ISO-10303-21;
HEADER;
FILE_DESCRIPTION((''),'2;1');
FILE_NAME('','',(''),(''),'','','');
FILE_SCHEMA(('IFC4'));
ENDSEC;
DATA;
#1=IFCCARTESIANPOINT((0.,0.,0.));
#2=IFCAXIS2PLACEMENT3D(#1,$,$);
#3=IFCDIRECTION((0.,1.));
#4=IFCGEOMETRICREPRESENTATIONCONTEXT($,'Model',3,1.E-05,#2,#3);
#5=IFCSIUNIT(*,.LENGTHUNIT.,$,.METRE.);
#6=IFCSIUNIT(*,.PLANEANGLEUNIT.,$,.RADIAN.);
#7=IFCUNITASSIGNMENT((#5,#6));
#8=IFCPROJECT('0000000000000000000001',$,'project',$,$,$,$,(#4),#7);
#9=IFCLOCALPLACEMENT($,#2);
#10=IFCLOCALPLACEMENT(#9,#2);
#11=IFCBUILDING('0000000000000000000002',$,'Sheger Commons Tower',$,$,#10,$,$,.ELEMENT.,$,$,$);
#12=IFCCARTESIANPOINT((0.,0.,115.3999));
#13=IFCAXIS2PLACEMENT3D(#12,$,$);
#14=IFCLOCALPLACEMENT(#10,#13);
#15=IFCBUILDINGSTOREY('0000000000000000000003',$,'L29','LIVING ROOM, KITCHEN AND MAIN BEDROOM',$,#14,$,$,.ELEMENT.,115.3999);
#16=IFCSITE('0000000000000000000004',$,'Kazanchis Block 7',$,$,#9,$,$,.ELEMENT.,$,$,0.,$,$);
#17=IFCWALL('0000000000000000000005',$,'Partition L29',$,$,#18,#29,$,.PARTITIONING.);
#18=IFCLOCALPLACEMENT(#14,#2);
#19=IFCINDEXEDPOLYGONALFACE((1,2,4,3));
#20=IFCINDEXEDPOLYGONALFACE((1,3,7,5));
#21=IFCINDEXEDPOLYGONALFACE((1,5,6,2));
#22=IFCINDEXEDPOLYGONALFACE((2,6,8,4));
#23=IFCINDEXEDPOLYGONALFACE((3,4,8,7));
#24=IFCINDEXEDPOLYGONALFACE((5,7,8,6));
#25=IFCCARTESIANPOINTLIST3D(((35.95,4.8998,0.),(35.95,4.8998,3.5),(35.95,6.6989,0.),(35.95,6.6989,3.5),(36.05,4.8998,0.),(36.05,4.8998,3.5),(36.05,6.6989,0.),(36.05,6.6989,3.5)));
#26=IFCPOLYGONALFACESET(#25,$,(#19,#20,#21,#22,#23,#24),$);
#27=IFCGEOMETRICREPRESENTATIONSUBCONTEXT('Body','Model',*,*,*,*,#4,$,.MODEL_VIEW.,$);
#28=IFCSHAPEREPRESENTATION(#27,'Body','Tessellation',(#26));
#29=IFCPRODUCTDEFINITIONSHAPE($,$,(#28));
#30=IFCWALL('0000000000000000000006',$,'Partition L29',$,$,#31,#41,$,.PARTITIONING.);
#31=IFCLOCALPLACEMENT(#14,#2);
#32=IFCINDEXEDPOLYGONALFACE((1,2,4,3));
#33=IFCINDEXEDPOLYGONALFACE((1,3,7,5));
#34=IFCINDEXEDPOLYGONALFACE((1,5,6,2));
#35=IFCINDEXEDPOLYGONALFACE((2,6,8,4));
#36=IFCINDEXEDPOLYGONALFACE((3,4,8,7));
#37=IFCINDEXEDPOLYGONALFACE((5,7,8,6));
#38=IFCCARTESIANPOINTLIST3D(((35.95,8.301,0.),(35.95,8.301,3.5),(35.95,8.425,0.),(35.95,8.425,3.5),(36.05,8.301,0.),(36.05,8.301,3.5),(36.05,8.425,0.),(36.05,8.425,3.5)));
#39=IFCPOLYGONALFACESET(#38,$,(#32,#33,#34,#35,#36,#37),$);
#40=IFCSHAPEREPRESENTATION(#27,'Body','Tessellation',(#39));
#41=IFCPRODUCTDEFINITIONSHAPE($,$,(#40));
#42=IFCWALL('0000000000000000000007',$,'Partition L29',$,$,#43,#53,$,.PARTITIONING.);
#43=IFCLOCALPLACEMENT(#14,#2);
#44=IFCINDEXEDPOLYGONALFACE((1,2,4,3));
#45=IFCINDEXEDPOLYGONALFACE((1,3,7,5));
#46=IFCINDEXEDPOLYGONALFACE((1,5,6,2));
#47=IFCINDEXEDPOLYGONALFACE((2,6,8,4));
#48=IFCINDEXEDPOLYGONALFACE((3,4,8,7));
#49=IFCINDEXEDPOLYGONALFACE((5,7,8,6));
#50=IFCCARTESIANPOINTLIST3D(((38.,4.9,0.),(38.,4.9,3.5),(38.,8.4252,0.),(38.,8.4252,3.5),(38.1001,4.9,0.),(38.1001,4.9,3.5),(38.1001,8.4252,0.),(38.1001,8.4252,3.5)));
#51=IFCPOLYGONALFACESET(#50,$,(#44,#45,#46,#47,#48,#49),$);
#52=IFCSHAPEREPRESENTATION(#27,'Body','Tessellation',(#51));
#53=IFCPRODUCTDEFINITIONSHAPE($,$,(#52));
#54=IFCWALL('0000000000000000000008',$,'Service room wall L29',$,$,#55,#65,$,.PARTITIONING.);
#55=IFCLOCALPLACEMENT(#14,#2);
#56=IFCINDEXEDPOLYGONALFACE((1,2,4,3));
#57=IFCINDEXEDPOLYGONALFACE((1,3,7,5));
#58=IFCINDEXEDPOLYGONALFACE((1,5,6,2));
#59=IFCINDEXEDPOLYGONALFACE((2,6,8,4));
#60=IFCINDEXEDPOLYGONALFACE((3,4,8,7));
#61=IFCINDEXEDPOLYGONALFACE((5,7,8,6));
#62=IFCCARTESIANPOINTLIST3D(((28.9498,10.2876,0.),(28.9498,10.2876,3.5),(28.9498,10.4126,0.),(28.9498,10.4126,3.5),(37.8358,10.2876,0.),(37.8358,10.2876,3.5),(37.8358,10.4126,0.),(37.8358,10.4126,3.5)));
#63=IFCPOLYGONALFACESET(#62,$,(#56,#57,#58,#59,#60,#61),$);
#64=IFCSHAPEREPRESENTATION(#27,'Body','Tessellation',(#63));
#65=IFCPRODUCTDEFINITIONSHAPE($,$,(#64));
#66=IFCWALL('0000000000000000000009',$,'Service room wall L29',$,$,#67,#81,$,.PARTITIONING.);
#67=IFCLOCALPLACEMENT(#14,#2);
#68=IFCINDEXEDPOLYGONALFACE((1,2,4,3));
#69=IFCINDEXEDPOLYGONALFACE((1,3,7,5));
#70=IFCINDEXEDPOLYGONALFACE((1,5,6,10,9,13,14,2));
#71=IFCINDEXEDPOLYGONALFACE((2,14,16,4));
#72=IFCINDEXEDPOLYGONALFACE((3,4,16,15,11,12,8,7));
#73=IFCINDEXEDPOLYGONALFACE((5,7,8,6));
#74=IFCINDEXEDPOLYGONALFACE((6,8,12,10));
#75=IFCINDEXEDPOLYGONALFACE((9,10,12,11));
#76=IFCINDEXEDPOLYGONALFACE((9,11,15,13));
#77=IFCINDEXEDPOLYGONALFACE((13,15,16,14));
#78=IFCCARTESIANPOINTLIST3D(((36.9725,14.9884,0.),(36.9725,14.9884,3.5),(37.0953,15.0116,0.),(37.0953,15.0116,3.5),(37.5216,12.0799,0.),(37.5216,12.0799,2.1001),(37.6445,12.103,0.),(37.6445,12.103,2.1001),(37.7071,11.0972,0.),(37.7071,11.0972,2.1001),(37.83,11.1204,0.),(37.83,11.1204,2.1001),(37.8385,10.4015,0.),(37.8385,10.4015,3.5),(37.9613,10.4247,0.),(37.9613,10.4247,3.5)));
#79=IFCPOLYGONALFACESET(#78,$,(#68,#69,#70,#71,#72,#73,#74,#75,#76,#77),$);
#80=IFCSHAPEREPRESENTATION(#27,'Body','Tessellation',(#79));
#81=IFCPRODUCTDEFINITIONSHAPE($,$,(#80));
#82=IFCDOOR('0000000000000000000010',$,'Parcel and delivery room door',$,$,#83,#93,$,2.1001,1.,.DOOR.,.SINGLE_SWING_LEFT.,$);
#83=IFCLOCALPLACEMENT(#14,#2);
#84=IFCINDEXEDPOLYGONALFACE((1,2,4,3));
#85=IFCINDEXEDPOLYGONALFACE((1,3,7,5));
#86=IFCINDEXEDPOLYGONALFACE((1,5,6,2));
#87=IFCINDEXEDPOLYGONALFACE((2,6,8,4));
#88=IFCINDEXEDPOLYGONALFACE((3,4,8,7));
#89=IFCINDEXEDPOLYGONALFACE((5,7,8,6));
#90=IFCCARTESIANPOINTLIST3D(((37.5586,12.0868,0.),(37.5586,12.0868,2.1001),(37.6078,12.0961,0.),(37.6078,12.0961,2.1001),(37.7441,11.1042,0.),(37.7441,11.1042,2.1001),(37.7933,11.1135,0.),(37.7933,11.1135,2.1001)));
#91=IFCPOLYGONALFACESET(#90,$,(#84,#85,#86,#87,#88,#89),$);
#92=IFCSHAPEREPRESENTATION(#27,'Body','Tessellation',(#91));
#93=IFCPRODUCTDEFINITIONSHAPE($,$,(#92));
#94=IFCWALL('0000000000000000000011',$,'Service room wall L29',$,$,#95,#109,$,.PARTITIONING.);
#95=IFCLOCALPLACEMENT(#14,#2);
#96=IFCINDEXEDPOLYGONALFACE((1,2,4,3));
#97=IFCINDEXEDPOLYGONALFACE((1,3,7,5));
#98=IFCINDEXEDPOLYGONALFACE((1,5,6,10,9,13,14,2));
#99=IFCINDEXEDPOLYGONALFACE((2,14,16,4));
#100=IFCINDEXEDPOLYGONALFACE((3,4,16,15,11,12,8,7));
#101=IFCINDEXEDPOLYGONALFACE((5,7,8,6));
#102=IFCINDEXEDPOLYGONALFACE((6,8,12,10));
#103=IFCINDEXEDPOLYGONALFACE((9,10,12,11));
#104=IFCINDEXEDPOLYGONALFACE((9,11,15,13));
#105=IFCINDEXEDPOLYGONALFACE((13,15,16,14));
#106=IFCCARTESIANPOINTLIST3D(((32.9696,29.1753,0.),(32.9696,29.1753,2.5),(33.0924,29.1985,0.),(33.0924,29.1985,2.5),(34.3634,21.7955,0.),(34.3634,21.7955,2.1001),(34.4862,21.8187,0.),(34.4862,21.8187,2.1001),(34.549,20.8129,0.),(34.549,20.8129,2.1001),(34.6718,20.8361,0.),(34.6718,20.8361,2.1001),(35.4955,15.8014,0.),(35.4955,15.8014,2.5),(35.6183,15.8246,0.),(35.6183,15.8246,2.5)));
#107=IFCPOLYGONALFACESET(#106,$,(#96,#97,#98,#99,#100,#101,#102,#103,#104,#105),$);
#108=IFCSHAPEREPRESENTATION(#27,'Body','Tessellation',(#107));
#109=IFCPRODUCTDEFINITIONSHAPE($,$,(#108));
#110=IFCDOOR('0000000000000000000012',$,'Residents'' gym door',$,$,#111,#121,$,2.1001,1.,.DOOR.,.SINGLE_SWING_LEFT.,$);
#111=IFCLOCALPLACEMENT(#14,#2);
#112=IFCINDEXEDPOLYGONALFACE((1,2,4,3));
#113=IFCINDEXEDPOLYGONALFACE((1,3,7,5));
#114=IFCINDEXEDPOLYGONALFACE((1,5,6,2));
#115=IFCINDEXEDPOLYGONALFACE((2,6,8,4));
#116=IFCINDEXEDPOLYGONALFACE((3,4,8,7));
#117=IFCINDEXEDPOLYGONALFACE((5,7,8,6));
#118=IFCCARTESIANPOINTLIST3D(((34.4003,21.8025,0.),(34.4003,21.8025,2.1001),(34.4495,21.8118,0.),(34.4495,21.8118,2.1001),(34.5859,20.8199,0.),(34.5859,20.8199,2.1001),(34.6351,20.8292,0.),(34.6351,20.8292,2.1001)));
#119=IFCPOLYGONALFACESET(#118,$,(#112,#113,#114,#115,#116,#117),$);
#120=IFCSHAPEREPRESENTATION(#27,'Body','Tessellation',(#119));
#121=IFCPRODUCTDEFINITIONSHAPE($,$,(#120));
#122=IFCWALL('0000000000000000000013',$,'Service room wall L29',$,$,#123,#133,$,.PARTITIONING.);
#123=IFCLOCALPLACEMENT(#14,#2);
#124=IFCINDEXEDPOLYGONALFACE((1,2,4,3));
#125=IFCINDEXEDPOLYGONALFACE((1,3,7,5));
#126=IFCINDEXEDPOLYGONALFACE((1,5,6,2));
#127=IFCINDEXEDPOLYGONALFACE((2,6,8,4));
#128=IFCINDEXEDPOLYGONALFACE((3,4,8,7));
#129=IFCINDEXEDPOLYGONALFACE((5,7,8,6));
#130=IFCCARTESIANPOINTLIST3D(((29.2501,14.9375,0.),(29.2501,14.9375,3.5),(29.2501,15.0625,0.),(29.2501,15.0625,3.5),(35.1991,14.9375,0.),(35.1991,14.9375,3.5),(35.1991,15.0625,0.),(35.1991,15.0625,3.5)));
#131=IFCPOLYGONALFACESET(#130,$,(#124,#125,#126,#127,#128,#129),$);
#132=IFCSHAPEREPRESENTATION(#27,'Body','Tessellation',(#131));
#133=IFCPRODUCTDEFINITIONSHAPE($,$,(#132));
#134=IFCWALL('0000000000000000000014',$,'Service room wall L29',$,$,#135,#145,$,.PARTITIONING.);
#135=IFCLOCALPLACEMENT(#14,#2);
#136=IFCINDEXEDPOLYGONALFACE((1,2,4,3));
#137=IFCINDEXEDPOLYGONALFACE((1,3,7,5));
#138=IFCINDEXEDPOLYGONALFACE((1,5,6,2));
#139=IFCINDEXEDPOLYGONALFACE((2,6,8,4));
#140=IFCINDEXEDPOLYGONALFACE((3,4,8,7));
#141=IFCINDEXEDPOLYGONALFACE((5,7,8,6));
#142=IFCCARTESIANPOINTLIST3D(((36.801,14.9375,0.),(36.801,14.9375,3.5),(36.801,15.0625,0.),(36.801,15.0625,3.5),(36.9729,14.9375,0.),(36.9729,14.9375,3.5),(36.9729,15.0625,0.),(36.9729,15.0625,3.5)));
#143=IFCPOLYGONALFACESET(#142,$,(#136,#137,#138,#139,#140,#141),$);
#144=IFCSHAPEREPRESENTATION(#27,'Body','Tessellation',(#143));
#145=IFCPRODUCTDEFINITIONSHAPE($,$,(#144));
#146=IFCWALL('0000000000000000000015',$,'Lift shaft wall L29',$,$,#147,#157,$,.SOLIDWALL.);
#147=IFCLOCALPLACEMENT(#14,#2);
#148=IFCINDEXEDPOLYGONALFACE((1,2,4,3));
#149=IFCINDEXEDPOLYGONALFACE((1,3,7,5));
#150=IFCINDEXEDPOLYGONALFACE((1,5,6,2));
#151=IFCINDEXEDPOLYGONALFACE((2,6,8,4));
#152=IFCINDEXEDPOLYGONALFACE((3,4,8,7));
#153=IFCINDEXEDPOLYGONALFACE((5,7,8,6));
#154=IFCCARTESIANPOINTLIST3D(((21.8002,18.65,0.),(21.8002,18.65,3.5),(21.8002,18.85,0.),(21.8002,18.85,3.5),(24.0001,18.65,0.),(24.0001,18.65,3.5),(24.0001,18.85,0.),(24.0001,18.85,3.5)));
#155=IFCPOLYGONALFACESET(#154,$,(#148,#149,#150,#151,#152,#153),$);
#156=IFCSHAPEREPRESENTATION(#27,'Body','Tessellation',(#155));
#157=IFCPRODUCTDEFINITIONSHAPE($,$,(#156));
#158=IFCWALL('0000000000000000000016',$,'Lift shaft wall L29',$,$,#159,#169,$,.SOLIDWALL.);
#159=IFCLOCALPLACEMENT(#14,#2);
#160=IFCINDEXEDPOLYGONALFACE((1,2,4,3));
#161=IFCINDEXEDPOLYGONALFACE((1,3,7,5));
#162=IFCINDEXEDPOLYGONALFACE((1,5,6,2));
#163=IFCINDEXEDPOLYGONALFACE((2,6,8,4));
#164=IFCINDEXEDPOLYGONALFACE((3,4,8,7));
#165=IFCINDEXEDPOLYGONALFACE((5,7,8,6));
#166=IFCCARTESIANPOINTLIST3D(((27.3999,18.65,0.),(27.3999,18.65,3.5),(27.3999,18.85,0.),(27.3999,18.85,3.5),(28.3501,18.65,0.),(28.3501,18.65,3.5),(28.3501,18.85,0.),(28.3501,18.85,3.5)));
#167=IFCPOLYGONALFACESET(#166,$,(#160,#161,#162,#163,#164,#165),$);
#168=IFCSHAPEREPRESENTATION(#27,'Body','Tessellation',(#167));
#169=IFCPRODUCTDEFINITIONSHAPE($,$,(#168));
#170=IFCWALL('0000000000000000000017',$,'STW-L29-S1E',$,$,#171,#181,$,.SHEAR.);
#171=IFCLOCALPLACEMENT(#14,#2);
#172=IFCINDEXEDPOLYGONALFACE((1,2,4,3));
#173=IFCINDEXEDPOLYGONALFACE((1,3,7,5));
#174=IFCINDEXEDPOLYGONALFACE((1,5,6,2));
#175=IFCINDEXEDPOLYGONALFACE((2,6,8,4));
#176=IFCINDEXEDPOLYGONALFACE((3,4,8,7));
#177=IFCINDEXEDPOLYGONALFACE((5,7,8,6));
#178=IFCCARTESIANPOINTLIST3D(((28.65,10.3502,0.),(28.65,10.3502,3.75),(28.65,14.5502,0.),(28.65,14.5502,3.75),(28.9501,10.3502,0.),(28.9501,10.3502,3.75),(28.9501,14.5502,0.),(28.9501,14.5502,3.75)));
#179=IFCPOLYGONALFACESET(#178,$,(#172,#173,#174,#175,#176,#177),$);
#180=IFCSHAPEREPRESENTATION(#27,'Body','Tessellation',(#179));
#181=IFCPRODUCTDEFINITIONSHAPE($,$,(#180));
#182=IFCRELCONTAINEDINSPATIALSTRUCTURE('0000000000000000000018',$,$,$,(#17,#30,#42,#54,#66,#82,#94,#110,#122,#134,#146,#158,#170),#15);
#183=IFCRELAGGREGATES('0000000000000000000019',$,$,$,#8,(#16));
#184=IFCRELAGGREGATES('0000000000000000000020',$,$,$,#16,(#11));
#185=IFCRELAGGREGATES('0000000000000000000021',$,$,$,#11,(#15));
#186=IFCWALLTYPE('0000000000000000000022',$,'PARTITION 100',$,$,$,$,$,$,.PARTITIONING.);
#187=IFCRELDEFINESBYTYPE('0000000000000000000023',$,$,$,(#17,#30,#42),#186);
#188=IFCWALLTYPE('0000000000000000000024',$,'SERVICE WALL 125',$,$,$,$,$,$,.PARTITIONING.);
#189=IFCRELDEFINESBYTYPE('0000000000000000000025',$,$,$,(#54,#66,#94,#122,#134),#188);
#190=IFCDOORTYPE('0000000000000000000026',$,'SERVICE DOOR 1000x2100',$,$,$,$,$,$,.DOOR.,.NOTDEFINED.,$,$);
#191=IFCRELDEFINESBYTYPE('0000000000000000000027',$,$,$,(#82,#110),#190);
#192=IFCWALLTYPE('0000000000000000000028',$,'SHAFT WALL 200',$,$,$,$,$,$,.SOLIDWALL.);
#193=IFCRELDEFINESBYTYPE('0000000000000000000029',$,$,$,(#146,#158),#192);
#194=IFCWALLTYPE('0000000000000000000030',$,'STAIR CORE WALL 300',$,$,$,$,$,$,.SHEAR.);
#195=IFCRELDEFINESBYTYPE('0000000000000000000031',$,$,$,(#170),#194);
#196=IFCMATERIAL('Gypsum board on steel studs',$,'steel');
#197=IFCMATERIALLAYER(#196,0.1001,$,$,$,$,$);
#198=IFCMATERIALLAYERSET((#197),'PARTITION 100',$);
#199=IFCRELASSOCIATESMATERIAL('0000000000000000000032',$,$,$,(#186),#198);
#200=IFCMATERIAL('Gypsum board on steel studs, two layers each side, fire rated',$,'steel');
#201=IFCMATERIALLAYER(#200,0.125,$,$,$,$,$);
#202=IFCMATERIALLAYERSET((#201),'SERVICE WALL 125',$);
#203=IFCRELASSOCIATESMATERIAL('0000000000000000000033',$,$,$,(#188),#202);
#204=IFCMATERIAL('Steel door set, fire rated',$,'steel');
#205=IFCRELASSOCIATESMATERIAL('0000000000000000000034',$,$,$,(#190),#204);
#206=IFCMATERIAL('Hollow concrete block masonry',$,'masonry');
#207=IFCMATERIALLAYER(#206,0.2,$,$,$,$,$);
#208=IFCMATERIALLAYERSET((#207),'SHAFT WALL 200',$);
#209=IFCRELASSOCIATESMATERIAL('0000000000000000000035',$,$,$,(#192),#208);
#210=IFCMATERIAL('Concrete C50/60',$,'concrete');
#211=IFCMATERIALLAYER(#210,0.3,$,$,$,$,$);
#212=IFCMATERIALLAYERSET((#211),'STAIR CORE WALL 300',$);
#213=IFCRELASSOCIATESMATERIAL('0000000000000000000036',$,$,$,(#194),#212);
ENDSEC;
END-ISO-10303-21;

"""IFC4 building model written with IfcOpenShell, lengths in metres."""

from ifc_helpers import new_model, si_unit, direction, frame, frame_2d, origin, place, context, subcontext, project, spatial, rectangle, extrude, material, layer, layer_set, type_object, element, fill, save


model = new_model("IFC4")

# Units and contexts
model_context = context("Model", 3, precision=1e-05, world=origin(), true_north=direction((0.0, 1.0)))
body_context = subcontext(model_context, "Body", "Model", "MODEL_VIEW")
ifc_project = project(units=[si_unit("LENGTHUNIT", "METRE"), si_unit("PLANEANGLEUNIT", "RADIAN")], contexts=[model_context])

# Site, building, storey
site_placement = place(None, origin())
site = spatial("IfcSite", under=ifc_project, at=site_placement, Name="Kazanchis Block 7", CompositionType="ELEMENT", RefElevation=0.0)
building_placement = place(site_placement, origin())
building = spatial("IfcBuilding", under=site, at=building_placement, Name="Sheger Commons Tower", CompositionType="ELEMENT")
storey_placement = place(building_placement, frame((0.0, 0.0, 115.3999)))
storey = spatial("IfcBuildingStorey", under=building, at=storey_placement, Name="L29", Description="LIVING ROOM, KITCHEN AND MAIN BEDROOM", CompositionType="ELEMENT", Elevation=115.3999)

# Walls
ifc_material_1 = material(Name="Gypsum board on steel studs", Category="steel")
ifc_layer_1 = layer(ifc_material_1, 0.1001)
ifc_layer_set_1 = layer_set([ifc_layer_1], Name="PARTITION 100")
wall_type_1 = type_object("IfcWallType", Name="PARTITION 100", PredefinedType="PARTITIONING", material=ifc_layer_set_1)
wall_1_placement = place(storey_placement, frame((36.0, 4.8999, 0.0), z_axis=(0.0, 0.0, 1.0), x_axis=(0.0, 1.0, 0.0)))
element("IfcWall", 1, at=wall_1_placement, inside=storey, type_object=wall_type_1, Name="Partition L29", PredefinedType="PARTITIONING", context=body_context, shape_type="SweptSolid", body=[
    extrude(rectangle(XDim=1.7991, YDim=0.1001, at=frame_2d((0.8994, 0.0))), origin(), (0.0, 0.0, 1.0), 3.5),
])
wall_2_placement = place(storey_placement, frame((36.0, 8.301, 0.0), z_axis=(0.0, 0.0, 1.0), x_axis=(0.0, 1.0, 0.0)))
element("IfcWall", 2, at=wall_2_placement, inside=storey, type_object=wall_type_1, Name="Partition L29", PredefinedType="PARTITIONING", context=body_context, shape_type="SweptSolid", body=[
    extrude(rectangle(XDim=0.124, YDim=0.1001, at=frame_2d((0.062, 0.0))), origin(), (0.0, 0.0, 1.0), 3.5),
])
wall_3_placement = place(storey_placement, frame((38.05, 4.8999, 0.0), z_axis=(0.0, 0.0, 1.0), x_axis=(0.0, 1.0, 0.0)))
element("IfcWall", 3, at=wall_3_placement, inside=storey, type_object=wall_type_1, Name="Partition L29", PredefinedType="PARTITIONING", context=body_context, shape_type="SweptSolid", body=[
    extrude(rectangle(XDim=3.5251, YDim=0.1001, at=frame_2d((1.7627, 0.0))), origin(), (0.0, 0.0, 1.0), 3.5),
])
ifc_material_2 = material(Name="Gypsum board on steel studs, two layers each side, fire rated", Category="steel")
ifc_layer_2 = layer(ifc_material_2, 0.125)
ifc_layer_set_2 = layer_set([ifc_layer_2], Name="SERVICE WALL 125")
wall_type_2 = type_object("IfcWallType", Name="SERVICE WALL 125", PredefinedType="PARTITIONING", material=ifc_layer_set_2)
wall_4_placement = place(storey_placement, frame((28.95, 10.3501, 0.0), z_axis=(0.0, 0.0, 1.0), x_axis=(1.0, 0.0, 0.0)))
element("IfcWall", 4, at=wall_4_placement, inside=storey, type_object=wall_type_2, Name="Service room wall L29", PredefinedType="PARTITIONING", context=body_context, shape_type="SweptSolid", body=[
    extrude(rectangle(XDim=8.886, YDim=0.125, at=frame_2d((4.4429, 0.0))), origin(), (0.0, 0.0, 1.0), 3.5),
])

# Walls, openings, doors
wall_5_placement = place(storey_placement, frame((37.8999, 10.4131, 0.0), z_axis=(0.0, 0.0, 1.0), x_axis=(-0.185514, 0.982642, 0.0)))
wall_5 = element("IfcWall", 5, at=wall_5_placement, inside=storey, type_object=wall_type_2, Name="Service room wall L29", PredefinedType="PARTITIONING", context=body_context, shape_type="SweptSolid", body=[
    extrude(rectangle(XDim=4.668, YDim=0.125, at=frame_2d((2.334, 0.0))), origin(), (0.0, 0.0, 1.0), 3.5),
])
opening_1_placement = place(wall_5_placement, frame((0.708, 0.0, 0.0)))
opening_1 = element("IfcOpeningElement", 6, at=opening_1_placement, cuts=wall_5, PredefinedType="OPENING", context=body_context, shape_type="SweptSolid", body=[
    extrude(rectangle(XDim=1.0, YDim=2.1001, at=frame_2d((0.5, 1.05))), frame((0.0, 0.0725, 0.0), z_axis=(0.0, -1.0, 0.0), x_axis=(1.0, 0.0, 0.0)), (0.0, 0.0, 1.0), 0.145),
])
ifc_material_3 = material(Name="Steel door set, fire rated", Category="steel")
door_type_1 = type_object("IfcDoorType", Name="SERVICE DOOR 1000x2100", OperationType="NOTDEFINED", PredefinedType="DOOR", material=ifc_material_3)
door_1_placement = place(opening_1_placement, origin())
door_1 = element("IfcDoor", 7, at=door_1_placement, inside=storey, type_object=door_type_1, Name="Parcel and delivery room door", OperationType="SINGLE_SWING_LEFT", OverallHeight=2.1001, OverallWidth=1.0, PredefinedType="DOOR", context=body_context, shape_type="SweptSolid", body=[
    extrude(rectangle(XDim=1.0, YDim=2.1001, at=frame_2d((0.5, 1.05))), frame((0.0, 0.0249, 0.0), z_axis=(0.0, -1.0, 0.0), x_axis=(1.0, 0.0, 0.0)), (0.0, 0.0, 1.0), 0.05),
])
fill(opening_1, door_1)
wall_6_placement = place(storey_placement, frame((35.5569, 15.813, 0.0), z_axis=(0.0, 0.0, 1.0), x_axis=(-0.185584, 0.982628, 0.0)))
wall_6 = element("IfcWall", 8, at=wall_6_placement, inside=storey, type_object=wall_type_2, Name="Service room wall L29", PredefinedType="PARTITIONING", context=body_context, shape_type="SweptSolid", body=[
    extrude(rectangle(XDim=13.6104, YDim=0.125, at=frame_2d((6.8052, 0.0))), origin(), (0.0, 0.0, 1.0), 2.5),
])
opening_2_placement = place(wall_6_placement, frame((5.1001, 0.0, 0.0)))
opening_2 = element("IfcOpeningElement", 9, at=opening_2_placement, cuts=wall_6, PredefinedType="OPENING", context=body_context, shape_type="SweptSolid", body=[
    extrude(rectangle(XDim=1.0, YDim=2.1001, at=frame_2d((0.5, 1.05))), frame((0.0, 0.0725, 0.0), z_axis=(0.0, -1.0, 0.0), x_axis=(1.0, 0.0, 0.0)), (0.0, 0.0, 1.0), 0.145),
])
door_2_placement = place(opening_2_placement, origin())
door_2 = element("IfcDoor", 10, at=door_2_placement, inside=storey, type_object=door_type_1, Name="Residents' gym door", OperationType="SINGLE_SWING_LEFT", OverallHeight=2.1001, OverallWidth=1.0, PredefinedType="DOOR", context=body_context, shape_type="SweptSolid", body=[
    extrude(rectangle(XDim=1.0, YDim=2.1001, at=frame_2d((0.5, 1.05))), frame((0.0, 0.0249, 0.0), z_axis=(0.0, -1.0, 0.0), x_axis=(1.0, 0.0, 0.0)), (0.0, 0.0, 1.0), 0.05),
])
fill(opening_2, door_2)

# Walls
wall_7_placement = place(storey_placement, frame((29.25, 15.0, 0.0), z_axis=(0.0, 0.0, 1.0), x_axis=(1.0, 0.0, 0.0)))
element("IfcWall", 11, at=wall_7_placement, inside=storey, type_object=wall_type_2, Name="Service room wall L29", PredefinedType="PARTITIONING", context=body_context, shape_type="SweptSolid", body=[
    extrude(rectangle(XDim=5.949, YDim=0.125, at=frame_2d((2.9746, 0.0))), origin(), (0.0, 0.0, 1.0), 3.5),
])
wall_8_placement = place(storey_placement, frame((36.801, 15.0, 0.0), z_axis=(0.0, 0.0, 1.0), x_axis=(1.0, 0.0, 0.0)))
element("IfcWall", 12, at=wall_8_placement, inside=storey, type_object=wall_type_2, Name="Service room wall L29", PredefinedType="PARTITIONING", context=body_context, shape_type="SweptSolid", body=[
    extrude(rectangle(XDim=0.1719, YDim=0.125, at=frame_2d((0.0859, 0.0))), origin(), (0.0, 0.0, 1.0), 3.5),
])
ifc_material_4 = material(Name="Hollow concrete block masonry", Category="masonry")
ifc_layer_3 = layer(ifc_material_4, 0.2)
ifc_layer_set_3 = layer_set([ifc_layer_3], Name="SHAFT WALL 200")
wall_type_3 = type_object("IfcWallType", Name="SHAFT WALL 200", PredefinedType="SOLIDWALL", material=ifc_layer_set_3)
wall_9_placement = place(storey_placement, frame((21.8, 18.75, 0.0), z_axis=(0.0, 0.0, 1.0), x_axis=(1.0, 0.0, 0.0)))
element("IfcWall", 13, at=wall_9_placement, inside=storey, type_object=wall_type_3, Name="Lift shaft wall L29", PredefinedType="SOLIDWALL", context=body_context, shape_type="SweptSolid", body=[
    extrude(rectangle(XDim=2.2, YDim=0.2, at=frame_2d((1.1001, 0.0))), origin(), (0.0, 0.0, 1.0), 3.5),
])
wall_10_placement = place(storey_placement, frame((27.3999, 18.75, 0.0), z_axis=(0.0, 0.0, 1.0), x_axis=(1.0, 0.0, 0.0)))
element("IfcWall", 14, at=wall_10_placement, inside=storey, type_object=wall_type_3, Name="Lift shaft wall L29", PredefinedType="SOLIDWALL", context=body_context, shape_type="SweptSolid", body=[
    extrude(rectangle(XDim=0.9502, YDim=0.2, at=frame_2d((0.4751, 0.0))), origin(), (0.0, 0.0, 1.0), 3.5),
])
ifc_material_5 = material(Name="Concrete C50/60", Category="concrete")
ifc_layer_4 = layer(ifc_material_5, 0.3)
ifc_layer_set_4 = layer_set([ifc_layer_4], Name="STAIR CORE WALL 300")
wall_type_4 = type_object("IfcWallType", Name="STAIR CORE WALL 300", PredefinedType="SHEAR", material=ifc_layer_set_4)
wall_11_placement = place(storey_placement, frame((28.8, 10.3501, 0.0), z_axis=(0.0, 0.0, 1.0), x_axis=(0.0, 1.0, 0.0)))
element("IfcWall", 15, at=wall_11_placement, inside=storey, type_object=wall_type_4, Name="STW-L29-S1E", PredefinedType="SHEAR", context=body_context, shape_type="SweptSolid", body=[
    extrude(rectangle(XDim=4.2, YDim=0.3, at=frame_2d((2.1001, 0.0))), origin(), (0.0, 0.0, 1.0), 3.75),
])

save(model, "model.ifc")
